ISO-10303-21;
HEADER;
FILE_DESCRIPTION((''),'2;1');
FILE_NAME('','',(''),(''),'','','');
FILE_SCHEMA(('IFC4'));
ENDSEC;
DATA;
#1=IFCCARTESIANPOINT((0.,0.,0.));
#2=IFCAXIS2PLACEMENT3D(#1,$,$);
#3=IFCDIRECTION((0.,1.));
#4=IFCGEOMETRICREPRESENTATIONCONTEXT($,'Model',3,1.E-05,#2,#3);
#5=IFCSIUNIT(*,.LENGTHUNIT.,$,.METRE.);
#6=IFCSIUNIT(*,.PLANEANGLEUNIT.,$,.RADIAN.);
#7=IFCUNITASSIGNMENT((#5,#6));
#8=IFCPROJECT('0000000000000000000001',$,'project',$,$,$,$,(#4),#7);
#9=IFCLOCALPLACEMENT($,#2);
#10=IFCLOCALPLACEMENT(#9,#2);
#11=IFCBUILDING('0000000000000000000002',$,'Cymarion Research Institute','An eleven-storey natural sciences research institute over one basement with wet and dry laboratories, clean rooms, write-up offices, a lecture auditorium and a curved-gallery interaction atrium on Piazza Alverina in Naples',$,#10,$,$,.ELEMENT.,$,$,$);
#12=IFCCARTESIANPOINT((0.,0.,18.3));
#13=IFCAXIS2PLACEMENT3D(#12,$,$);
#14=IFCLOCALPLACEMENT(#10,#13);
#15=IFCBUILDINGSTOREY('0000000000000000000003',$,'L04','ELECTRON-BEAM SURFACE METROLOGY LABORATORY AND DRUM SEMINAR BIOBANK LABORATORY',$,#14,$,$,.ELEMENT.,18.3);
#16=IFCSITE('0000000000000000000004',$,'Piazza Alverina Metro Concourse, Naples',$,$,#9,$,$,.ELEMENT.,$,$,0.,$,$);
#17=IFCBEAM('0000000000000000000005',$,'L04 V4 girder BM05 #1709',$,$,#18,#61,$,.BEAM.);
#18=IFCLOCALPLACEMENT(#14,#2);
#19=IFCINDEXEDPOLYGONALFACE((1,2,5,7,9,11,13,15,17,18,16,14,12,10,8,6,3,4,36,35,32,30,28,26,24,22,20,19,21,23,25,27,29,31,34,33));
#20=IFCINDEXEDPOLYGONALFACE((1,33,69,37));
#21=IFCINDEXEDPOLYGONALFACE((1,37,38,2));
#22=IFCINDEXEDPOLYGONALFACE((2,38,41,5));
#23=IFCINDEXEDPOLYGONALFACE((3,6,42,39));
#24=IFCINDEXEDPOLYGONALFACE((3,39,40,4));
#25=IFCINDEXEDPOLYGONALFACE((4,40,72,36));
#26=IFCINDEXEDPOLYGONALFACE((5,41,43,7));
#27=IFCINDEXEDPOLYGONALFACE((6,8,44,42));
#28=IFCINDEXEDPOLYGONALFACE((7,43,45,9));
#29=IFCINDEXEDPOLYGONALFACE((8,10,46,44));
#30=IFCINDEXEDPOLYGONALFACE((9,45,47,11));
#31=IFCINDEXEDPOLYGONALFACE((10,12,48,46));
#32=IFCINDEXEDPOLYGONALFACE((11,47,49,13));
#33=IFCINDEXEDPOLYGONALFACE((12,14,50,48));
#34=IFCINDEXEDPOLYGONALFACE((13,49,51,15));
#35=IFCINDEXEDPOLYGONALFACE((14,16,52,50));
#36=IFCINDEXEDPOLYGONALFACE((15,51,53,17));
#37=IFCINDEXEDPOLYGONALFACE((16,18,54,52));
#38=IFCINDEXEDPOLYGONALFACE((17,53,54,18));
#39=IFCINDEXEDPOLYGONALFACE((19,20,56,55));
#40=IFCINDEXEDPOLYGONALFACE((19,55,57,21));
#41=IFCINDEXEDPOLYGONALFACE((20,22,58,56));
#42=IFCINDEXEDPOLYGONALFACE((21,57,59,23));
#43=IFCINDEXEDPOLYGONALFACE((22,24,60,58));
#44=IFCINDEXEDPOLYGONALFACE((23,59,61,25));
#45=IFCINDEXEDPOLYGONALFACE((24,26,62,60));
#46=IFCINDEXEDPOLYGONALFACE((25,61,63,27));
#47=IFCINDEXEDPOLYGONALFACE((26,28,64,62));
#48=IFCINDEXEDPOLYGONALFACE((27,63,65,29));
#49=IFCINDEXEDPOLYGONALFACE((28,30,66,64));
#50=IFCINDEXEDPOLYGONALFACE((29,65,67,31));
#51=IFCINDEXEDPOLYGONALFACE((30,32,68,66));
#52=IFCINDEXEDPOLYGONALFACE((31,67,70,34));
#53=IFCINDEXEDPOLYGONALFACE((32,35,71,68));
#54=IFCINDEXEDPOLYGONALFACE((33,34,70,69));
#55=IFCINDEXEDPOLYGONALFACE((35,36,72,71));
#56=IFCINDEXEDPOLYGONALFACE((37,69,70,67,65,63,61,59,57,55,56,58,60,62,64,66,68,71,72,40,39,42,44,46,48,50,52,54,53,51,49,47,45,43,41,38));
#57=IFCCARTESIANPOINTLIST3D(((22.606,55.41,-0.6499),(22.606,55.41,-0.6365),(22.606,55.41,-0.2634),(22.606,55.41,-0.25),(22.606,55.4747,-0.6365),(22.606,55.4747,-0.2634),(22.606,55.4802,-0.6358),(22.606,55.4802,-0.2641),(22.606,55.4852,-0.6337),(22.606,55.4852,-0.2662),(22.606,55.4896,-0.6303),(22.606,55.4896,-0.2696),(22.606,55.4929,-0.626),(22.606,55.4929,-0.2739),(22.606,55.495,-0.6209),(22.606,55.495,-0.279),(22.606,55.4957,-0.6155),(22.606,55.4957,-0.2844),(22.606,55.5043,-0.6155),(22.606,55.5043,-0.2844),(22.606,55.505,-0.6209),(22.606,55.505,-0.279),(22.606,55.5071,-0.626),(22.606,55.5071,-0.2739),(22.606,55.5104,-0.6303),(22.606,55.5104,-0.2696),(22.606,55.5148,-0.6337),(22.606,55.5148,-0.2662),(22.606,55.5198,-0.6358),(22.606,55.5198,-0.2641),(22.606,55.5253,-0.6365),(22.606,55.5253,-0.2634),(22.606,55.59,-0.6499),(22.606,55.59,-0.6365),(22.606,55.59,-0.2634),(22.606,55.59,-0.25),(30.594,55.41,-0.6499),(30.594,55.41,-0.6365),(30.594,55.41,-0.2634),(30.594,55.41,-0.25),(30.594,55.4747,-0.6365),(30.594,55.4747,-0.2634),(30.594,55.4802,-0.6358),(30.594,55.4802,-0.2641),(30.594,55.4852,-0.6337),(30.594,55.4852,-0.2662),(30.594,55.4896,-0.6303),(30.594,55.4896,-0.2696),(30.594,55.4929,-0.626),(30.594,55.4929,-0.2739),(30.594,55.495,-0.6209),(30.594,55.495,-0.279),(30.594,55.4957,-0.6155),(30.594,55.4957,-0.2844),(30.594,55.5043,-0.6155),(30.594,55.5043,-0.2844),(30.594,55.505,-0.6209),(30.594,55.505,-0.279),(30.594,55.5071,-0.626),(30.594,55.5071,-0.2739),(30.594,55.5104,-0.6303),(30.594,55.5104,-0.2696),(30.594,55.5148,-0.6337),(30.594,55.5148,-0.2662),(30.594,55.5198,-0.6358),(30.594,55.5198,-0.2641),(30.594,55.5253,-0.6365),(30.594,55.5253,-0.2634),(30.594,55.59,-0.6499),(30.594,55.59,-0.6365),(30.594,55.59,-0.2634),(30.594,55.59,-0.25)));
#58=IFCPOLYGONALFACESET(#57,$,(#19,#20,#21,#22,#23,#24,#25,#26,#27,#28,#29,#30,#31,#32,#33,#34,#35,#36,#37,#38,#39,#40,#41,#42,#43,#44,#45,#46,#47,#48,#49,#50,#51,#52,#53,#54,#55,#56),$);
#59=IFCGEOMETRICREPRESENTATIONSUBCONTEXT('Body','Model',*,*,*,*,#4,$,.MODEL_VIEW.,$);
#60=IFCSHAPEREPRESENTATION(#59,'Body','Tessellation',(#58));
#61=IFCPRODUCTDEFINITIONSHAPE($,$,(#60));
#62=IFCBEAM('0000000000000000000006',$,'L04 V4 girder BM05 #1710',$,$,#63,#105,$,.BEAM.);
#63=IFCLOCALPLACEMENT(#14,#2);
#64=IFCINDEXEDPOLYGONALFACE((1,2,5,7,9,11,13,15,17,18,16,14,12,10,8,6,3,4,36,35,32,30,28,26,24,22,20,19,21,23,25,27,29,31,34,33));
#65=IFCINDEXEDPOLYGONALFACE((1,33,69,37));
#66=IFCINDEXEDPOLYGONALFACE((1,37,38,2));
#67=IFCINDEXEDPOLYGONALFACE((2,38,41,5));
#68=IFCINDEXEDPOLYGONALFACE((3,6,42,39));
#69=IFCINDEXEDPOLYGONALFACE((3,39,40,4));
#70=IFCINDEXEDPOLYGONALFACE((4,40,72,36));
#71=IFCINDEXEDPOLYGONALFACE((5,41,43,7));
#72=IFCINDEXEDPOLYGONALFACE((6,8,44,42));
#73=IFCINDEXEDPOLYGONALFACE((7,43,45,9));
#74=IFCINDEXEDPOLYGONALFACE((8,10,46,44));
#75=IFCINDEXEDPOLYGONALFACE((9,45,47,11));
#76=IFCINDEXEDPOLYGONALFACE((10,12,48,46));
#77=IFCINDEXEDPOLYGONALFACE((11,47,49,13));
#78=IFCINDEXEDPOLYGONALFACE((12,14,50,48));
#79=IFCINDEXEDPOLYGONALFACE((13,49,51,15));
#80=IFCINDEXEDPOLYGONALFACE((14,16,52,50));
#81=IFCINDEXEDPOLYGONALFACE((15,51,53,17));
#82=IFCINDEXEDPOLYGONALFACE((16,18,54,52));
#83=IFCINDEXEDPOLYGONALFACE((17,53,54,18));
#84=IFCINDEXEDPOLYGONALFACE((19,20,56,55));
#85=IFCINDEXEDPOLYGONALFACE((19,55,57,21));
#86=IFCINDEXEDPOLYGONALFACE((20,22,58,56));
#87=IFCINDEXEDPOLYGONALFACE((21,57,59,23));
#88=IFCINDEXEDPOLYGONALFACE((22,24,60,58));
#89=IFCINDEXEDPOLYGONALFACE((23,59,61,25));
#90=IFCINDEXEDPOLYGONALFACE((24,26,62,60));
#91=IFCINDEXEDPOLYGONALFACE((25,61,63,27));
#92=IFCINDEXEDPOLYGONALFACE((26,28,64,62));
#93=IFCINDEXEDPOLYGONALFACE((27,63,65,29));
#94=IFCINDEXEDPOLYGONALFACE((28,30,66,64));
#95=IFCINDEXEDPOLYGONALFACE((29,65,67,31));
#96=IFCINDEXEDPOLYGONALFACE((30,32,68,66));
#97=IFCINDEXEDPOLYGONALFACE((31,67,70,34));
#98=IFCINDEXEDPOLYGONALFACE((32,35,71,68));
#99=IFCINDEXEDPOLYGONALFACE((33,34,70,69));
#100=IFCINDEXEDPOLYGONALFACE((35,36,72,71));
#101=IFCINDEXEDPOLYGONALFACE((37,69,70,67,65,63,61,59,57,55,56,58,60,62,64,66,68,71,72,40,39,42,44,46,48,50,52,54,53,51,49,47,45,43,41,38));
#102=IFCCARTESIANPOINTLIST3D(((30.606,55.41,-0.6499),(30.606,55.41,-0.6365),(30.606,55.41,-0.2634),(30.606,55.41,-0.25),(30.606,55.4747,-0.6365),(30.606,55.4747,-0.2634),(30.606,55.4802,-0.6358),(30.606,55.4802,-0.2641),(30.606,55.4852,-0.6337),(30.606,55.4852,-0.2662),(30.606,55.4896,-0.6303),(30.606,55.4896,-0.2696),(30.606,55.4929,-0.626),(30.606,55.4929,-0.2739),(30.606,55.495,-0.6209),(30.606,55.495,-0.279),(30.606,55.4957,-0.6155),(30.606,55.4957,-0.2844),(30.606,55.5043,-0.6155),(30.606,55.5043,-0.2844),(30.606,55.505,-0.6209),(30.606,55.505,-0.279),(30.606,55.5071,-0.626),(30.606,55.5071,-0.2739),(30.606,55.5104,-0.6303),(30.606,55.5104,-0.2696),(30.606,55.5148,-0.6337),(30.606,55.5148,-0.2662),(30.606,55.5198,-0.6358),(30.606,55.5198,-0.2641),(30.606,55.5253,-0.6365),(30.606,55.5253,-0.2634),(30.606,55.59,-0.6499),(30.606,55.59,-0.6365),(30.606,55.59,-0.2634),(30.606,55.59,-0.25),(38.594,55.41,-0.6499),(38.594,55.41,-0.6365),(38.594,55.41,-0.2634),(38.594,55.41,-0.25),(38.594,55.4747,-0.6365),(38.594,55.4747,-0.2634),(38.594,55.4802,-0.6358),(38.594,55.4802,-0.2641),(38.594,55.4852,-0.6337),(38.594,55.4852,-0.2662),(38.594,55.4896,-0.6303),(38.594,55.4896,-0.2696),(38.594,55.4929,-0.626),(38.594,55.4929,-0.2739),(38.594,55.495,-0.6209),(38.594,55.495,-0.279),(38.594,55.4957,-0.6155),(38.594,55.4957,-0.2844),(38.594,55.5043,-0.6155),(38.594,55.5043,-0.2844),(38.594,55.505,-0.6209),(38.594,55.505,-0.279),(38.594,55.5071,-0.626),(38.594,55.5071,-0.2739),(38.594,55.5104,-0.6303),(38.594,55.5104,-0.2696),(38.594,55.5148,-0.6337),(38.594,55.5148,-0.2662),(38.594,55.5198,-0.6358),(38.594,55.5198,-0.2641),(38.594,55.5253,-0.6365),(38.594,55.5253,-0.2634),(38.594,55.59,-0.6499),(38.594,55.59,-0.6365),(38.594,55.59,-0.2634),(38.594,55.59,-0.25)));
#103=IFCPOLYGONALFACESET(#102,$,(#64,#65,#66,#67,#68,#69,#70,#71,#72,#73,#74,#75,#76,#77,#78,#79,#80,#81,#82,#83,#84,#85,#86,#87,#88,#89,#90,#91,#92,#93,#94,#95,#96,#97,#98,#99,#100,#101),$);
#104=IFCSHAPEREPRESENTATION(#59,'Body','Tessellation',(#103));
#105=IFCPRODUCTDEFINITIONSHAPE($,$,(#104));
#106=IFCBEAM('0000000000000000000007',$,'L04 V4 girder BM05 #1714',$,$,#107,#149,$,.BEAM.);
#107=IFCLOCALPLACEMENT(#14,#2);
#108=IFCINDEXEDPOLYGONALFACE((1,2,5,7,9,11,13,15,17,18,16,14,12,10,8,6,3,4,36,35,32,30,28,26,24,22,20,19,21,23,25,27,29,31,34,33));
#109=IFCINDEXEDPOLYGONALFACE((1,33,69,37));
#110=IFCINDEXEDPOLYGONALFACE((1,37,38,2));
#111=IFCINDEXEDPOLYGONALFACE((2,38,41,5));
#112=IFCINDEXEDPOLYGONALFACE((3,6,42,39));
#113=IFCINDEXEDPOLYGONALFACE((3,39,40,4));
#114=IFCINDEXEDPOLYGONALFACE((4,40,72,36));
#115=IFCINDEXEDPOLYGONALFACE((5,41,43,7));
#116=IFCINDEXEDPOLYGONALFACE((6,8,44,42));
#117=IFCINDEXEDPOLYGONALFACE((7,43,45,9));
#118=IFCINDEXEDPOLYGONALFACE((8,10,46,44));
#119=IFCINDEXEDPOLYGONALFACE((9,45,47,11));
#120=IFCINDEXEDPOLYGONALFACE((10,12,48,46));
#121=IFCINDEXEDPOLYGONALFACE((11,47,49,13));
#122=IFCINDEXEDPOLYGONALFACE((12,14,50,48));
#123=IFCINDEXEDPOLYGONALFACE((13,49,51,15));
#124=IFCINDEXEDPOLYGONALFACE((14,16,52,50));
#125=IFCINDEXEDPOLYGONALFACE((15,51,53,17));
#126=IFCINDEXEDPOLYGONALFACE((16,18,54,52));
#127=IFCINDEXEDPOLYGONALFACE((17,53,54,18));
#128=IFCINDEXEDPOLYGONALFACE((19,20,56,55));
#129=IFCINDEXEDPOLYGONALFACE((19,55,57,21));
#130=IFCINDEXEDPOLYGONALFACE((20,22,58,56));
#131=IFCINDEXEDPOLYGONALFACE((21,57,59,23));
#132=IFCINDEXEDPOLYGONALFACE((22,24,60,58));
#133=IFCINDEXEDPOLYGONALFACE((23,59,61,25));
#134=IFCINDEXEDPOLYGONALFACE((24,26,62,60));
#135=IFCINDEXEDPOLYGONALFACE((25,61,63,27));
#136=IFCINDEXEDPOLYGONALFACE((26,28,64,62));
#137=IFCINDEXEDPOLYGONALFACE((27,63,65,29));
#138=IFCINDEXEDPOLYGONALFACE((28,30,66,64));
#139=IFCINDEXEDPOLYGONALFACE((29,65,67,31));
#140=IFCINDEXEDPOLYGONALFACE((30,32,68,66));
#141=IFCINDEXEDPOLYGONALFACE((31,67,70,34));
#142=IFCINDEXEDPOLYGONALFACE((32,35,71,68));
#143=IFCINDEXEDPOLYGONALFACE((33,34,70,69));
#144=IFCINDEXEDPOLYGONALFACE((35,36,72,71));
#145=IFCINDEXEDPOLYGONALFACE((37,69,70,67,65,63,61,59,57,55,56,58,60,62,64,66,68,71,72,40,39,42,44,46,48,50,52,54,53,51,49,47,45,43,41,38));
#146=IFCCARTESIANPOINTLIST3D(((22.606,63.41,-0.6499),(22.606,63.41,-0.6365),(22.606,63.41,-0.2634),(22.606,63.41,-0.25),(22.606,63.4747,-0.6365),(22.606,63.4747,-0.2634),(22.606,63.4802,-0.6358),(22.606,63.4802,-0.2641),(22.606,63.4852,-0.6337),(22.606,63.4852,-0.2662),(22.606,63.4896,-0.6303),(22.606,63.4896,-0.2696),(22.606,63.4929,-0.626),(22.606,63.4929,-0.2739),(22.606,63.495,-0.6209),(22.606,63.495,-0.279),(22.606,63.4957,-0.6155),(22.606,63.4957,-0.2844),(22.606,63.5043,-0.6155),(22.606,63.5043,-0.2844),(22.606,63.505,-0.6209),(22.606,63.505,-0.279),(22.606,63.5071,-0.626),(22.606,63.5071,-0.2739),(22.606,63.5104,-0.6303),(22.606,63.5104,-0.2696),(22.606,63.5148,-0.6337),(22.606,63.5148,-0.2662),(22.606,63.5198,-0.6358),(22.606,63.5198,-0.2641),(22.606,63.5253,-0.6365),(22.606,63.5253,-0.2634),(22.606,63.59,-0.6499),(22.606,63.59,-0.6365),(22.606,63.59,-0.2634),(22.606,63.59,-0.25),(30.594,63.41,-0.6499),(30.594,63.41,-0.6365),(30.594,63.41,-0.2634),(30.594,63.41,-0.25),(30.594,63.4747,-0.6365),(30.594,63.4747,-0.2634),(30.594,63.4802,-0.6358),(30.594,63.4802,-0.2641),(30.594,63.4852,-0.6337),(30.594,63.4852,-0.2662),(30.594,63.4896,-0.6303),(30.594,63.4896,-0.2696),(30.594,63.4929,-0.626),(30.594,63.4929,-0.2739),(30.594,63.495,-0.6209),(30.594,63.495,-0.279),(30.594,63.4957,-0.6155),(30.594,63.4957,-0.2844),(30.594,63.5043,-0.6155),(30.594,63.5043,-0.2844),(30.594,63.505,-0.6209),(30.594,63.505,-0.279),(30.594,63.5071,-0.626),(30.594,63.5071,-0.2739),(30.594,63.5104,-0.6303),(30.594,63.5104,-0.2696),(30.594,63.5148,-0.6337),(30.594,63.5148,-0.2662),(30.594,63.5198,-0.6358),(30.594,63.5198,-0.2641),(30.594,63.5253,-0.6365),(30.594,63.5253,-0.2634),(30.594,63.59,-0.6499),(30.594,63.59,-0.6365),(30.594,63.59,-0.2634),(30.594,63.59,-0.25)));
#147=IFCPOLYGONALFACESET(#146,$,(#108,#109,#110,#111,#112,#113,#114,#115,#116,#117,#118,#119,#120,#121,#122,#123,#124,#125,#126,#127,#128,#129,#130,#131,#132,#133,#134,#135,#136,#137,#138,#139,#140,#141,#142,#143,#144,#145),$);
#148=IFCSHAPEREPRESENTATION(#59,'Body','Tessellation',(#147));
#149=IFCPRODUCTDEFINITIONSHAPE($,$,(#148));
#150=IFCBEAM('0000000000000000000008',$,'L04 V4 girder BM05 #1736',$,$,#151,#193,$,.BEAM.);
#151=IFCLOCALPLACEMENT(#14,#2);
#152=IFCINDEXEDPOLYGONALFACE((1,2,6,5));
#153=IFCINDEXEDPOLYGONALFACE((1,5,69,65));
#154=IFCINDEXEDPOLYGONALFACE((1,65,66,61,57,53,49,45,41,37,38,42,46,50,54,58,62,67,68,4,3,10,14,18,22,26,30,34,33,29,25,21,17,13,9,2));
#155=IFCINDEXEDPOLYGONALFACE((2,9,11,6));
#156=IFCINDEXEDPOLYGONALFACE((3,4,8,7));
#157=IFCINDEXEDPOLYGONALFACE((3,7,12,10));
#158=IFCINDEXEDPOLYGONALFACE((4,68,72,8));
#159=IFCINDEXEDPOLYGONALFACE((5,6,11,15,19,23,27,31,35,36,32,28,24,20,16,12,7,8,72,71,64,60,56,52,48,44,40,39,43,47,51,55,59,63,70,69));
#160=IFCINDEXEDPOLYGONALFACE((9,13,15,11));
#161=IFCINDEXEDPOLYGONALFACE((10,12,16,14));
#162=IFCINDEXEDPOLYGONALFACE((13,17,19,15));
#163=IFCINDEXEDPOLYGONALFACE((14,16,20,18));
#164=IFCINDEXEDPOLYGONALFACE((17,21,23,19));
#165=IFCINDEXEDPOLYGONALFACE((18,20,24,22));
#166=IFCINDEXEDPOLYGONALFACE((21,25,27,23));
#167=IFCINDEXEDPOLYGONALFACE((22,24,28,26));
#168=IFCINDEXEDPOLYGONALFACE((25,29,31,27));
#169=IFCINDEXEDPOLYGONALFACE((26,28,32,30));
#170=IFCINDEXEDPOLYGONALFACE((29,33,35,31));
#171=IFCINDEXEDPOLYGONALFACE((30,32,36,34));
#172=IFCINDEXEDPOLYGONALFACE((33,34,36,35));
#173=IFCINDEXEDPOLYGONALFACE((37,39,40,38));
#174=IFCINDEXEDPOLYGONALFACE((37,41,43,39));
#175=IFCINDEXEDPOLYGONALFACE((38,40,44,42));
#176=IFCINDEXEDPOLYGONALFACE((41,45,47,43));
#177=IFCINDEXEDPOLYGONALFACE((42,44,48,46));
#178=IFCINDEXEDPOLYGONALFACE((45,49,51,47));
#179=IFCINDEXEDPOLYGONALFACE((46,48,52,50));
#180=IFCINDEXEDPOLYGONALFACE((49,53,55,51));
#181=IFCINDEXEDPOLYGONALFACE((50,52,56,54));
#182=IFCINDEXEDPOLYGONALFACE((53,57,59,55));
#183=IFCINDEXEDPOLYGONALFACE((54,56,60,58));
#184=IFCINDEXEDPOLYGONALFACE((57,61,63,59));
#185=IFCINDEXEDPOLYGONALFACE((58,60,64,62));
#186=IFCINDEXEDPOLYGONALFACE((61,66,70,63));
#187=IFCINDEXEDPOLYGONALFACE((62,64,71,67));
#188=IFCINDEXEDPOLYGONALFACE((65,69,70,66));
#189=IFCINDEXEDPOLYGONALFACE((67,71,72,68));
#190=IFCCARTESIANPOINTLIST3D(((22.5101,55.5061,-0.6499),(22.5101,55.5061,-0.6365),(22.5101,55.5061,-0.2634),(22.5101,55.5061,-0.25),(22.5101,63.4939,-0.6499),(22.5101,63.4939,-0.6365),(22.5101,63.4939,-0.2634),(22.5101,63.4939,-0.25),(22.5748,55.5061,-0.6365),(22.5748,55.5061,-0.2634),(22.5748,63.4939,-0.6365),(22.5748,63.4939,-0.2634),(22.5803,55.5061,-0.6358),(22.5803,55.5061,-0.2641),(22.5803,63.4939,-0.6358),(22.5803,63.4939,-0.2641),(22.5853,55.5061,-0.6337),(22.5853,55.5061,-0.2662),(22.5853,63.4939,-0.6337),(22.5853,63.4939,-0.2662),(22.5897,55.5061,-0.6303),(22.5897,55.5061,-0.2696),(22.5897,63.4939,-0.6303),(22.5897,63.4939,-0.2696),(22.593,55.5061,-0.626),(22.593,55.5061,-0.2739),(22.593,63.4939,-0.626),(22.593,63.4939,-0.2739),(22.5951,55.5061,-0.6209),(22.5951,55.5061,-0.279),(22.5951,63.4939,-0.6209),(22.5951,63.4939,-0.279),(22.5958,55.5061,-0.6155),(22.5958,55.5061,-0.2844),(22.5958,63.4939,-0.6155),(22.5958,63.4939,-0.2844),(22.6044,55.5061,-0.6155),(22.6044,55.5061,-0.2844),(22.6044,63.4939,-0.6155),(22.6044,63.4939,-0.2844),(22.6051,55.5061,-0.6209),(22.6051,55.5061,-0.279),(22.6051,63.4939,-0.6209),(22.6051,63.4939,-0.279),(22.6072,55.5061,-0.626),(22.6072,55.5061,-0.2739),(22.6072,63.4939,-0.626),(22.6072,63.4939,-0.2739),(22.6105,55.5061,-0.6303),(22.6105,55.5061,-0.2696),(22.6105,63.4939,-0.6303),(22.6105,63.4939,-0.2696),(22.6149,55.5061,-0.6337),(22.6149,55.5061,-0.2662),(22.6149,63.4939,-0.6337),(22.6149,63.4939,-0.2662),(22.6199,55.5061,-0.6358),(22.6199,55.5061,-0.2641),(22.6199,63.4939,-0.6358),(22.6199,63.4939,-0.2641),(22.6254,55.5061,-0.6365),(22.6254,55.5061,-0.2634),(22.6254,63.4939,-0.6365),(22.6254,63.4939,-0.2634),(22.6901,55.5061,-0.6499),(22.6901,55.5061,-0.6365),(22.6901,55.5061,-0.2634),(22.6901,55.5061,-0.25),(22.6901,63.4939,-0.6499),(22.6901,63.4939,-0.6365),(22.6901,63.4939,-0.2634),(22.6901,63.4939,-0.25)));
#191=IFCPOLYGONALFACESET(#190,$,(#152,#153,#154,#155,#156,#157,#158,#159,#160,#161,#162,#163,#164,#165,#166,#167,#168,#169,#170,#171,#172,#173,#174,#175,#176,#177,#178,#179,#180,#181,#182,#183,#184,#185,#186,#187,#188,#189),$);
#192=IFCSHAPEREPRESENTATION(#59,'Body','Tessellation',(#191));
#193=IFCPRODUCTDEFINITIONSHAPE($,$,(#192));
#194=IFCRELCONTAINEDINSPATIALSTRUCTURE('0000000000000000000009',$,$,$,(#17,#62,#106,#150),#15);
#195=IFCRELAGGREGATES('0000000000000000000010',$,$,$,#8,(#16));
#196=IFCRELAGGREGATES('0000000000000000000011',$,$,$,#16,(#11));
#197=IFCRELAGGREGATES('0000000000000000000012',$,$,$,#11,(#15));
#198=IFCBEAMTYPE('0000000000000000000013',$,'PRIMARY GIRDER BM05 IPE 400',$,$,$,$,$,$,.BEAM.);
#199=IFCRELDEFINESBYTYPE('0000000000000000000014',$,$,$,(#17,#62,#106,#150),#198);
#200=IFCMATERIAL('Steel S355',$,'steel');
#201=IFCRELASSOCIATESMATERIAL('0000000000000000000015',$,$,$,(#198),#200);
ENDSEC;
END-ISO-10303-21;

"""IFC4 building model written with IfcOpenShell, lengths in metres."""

from ifc_helpers import new_model, si_unit, direction, frame, origin, origin_2d, place, context, subcontext, project, spatial, i_section, extrude, material, material_profile, profile_set, type_object, element, save


model = new_model("IFC4")

# Units and contexts
model_context = context("Model", 3, precision=1e-05, world=origin(), true_north=direction((0.0, 1.0)))
body_context = subcontext(model_context, "Body", "Model", "MODEL_VIEW")
ifc_project = project(units=[si_unit("LENGTHUNIT", "METRE"), si_unit("PLANEANGLEUNIT", "RADIAN")], contexts=[model_context])

# Site, building, storey
site_placement = place(None, origin())
site = spatial("IfcSite", under=ifc_project, at=site_placement, Name="Piazza Alverina Metro Concourse, Naples", CompositionType="ELEMENT", RefElevation=0.0)
building_placement = place(site_placement, origin())
building = spatial("IfcBuilding", under=site, at=building_placement, Name="Cymarion Research Institute", Description="An eleven-storey natural sciences research institute over one basement with wet and dry laboratories, clean rooms, write-up offices, a lecture auditorium and a curved-gallery interaction atrium on Piazza Alverina in Naples", CompositionType="ELEMENT")
storey_placement = place(building_placement, frame((0.0, 0.0, 18.3)))
storey = spatial("IfcBuildingStorey", under=building, at=storey_placement, Name="L04", Description="ELECTRON-BEAM SURFACE METROLOGY LABORATORY AND DRUM SEMINAR BIOBANK LABORATORY", CompositionType="ELEMENT", Elevation=18.3)

# Shared definitions
ifc_material_1 = material(Name="Steel S355", Category="steel")

# Beams
ifc_material_profile_1 = material_profile(ifc_material_1, i_section(OverallWidth=0.1799, OverallDepth=0.3999, WebThickness=0.0085, FlangeThickness=0.0134, FilletRadius=0.021, at=origin_2d()), Name="IPE 400")
ifc_profile_set_1 = profile_set([ifc_material_profile_1], Name="Steel S355")
beam_type_1 = type_object("IfcBeamType", Name="PRIMARY GIRDER BM05 IPE 400", PredefinedType="BEAM", material=ifc_profile_set_1)
for number, where, z_axis, x_axis, name in (
    (1, (22.606, 55.5, -0.45), (1.0, 0.0, 0.0), (0.0, 1.0, 0.0), "L04 V4 girder BM05 #1709"),
    (2, (30.606, 55.5, -0.45), (1.0, 0.0, 0.0), (0.0, 1.0, 0.0), "L04 V4 girder BM05 #1710"),
    (3, (22.606, 63.5, -0.45), (1.0, 0.0, 0.0), (0.0, 1.0, 0.0), "L04 V4 girder BM05 #1714"),
):
    element("IfcBeam", number, at=place(storey_placement, frame(where, z_axis=z_axis, x_axis=x_axis)), inside=storey, type_object=beam_type_1, Name=name, PredefinedType="BEAM", context=body_context, shape_type="SweptSolid", body=[
        extrude(i_section(OverallWidth=0.1799, OverallDepth=0.3999, WebThickness=0.0085, FlangeThickness=0.0134, FilletRadius=0.021, at=origin_2d()), origin(), (0.0, 0.0, 1.0), 7.988),
    ])
for number, where, z_axis, x_axis, name in (
    (4, (22.6001, 55.5061, -0.45), (0.0, 1.0, 0.0), (-1.0, 0.0, 0.0), "L04 V4 girder BM05 #1736"),
):
    element("IfcBeam", number, at=place(storey_placement, frame(where, z_axis=z_axis, x_axis=x_axis)), inside=storey, type_object=beam_type_1, Name=name, PredefinedType="BEAM", context=body_context, shape_type="SweptSolid", body=[
        extrude(i_section(OverallWidth=0.1799, OverallDepth=0.3999, WebThickness=0.0085, FlangeThickness=0.0134, FilletRadius=0.021, at=origin_2d()), origin(), (0.0, 0.0, 1.0), 7.9878),
    ])

save(model, "model.ifc")
